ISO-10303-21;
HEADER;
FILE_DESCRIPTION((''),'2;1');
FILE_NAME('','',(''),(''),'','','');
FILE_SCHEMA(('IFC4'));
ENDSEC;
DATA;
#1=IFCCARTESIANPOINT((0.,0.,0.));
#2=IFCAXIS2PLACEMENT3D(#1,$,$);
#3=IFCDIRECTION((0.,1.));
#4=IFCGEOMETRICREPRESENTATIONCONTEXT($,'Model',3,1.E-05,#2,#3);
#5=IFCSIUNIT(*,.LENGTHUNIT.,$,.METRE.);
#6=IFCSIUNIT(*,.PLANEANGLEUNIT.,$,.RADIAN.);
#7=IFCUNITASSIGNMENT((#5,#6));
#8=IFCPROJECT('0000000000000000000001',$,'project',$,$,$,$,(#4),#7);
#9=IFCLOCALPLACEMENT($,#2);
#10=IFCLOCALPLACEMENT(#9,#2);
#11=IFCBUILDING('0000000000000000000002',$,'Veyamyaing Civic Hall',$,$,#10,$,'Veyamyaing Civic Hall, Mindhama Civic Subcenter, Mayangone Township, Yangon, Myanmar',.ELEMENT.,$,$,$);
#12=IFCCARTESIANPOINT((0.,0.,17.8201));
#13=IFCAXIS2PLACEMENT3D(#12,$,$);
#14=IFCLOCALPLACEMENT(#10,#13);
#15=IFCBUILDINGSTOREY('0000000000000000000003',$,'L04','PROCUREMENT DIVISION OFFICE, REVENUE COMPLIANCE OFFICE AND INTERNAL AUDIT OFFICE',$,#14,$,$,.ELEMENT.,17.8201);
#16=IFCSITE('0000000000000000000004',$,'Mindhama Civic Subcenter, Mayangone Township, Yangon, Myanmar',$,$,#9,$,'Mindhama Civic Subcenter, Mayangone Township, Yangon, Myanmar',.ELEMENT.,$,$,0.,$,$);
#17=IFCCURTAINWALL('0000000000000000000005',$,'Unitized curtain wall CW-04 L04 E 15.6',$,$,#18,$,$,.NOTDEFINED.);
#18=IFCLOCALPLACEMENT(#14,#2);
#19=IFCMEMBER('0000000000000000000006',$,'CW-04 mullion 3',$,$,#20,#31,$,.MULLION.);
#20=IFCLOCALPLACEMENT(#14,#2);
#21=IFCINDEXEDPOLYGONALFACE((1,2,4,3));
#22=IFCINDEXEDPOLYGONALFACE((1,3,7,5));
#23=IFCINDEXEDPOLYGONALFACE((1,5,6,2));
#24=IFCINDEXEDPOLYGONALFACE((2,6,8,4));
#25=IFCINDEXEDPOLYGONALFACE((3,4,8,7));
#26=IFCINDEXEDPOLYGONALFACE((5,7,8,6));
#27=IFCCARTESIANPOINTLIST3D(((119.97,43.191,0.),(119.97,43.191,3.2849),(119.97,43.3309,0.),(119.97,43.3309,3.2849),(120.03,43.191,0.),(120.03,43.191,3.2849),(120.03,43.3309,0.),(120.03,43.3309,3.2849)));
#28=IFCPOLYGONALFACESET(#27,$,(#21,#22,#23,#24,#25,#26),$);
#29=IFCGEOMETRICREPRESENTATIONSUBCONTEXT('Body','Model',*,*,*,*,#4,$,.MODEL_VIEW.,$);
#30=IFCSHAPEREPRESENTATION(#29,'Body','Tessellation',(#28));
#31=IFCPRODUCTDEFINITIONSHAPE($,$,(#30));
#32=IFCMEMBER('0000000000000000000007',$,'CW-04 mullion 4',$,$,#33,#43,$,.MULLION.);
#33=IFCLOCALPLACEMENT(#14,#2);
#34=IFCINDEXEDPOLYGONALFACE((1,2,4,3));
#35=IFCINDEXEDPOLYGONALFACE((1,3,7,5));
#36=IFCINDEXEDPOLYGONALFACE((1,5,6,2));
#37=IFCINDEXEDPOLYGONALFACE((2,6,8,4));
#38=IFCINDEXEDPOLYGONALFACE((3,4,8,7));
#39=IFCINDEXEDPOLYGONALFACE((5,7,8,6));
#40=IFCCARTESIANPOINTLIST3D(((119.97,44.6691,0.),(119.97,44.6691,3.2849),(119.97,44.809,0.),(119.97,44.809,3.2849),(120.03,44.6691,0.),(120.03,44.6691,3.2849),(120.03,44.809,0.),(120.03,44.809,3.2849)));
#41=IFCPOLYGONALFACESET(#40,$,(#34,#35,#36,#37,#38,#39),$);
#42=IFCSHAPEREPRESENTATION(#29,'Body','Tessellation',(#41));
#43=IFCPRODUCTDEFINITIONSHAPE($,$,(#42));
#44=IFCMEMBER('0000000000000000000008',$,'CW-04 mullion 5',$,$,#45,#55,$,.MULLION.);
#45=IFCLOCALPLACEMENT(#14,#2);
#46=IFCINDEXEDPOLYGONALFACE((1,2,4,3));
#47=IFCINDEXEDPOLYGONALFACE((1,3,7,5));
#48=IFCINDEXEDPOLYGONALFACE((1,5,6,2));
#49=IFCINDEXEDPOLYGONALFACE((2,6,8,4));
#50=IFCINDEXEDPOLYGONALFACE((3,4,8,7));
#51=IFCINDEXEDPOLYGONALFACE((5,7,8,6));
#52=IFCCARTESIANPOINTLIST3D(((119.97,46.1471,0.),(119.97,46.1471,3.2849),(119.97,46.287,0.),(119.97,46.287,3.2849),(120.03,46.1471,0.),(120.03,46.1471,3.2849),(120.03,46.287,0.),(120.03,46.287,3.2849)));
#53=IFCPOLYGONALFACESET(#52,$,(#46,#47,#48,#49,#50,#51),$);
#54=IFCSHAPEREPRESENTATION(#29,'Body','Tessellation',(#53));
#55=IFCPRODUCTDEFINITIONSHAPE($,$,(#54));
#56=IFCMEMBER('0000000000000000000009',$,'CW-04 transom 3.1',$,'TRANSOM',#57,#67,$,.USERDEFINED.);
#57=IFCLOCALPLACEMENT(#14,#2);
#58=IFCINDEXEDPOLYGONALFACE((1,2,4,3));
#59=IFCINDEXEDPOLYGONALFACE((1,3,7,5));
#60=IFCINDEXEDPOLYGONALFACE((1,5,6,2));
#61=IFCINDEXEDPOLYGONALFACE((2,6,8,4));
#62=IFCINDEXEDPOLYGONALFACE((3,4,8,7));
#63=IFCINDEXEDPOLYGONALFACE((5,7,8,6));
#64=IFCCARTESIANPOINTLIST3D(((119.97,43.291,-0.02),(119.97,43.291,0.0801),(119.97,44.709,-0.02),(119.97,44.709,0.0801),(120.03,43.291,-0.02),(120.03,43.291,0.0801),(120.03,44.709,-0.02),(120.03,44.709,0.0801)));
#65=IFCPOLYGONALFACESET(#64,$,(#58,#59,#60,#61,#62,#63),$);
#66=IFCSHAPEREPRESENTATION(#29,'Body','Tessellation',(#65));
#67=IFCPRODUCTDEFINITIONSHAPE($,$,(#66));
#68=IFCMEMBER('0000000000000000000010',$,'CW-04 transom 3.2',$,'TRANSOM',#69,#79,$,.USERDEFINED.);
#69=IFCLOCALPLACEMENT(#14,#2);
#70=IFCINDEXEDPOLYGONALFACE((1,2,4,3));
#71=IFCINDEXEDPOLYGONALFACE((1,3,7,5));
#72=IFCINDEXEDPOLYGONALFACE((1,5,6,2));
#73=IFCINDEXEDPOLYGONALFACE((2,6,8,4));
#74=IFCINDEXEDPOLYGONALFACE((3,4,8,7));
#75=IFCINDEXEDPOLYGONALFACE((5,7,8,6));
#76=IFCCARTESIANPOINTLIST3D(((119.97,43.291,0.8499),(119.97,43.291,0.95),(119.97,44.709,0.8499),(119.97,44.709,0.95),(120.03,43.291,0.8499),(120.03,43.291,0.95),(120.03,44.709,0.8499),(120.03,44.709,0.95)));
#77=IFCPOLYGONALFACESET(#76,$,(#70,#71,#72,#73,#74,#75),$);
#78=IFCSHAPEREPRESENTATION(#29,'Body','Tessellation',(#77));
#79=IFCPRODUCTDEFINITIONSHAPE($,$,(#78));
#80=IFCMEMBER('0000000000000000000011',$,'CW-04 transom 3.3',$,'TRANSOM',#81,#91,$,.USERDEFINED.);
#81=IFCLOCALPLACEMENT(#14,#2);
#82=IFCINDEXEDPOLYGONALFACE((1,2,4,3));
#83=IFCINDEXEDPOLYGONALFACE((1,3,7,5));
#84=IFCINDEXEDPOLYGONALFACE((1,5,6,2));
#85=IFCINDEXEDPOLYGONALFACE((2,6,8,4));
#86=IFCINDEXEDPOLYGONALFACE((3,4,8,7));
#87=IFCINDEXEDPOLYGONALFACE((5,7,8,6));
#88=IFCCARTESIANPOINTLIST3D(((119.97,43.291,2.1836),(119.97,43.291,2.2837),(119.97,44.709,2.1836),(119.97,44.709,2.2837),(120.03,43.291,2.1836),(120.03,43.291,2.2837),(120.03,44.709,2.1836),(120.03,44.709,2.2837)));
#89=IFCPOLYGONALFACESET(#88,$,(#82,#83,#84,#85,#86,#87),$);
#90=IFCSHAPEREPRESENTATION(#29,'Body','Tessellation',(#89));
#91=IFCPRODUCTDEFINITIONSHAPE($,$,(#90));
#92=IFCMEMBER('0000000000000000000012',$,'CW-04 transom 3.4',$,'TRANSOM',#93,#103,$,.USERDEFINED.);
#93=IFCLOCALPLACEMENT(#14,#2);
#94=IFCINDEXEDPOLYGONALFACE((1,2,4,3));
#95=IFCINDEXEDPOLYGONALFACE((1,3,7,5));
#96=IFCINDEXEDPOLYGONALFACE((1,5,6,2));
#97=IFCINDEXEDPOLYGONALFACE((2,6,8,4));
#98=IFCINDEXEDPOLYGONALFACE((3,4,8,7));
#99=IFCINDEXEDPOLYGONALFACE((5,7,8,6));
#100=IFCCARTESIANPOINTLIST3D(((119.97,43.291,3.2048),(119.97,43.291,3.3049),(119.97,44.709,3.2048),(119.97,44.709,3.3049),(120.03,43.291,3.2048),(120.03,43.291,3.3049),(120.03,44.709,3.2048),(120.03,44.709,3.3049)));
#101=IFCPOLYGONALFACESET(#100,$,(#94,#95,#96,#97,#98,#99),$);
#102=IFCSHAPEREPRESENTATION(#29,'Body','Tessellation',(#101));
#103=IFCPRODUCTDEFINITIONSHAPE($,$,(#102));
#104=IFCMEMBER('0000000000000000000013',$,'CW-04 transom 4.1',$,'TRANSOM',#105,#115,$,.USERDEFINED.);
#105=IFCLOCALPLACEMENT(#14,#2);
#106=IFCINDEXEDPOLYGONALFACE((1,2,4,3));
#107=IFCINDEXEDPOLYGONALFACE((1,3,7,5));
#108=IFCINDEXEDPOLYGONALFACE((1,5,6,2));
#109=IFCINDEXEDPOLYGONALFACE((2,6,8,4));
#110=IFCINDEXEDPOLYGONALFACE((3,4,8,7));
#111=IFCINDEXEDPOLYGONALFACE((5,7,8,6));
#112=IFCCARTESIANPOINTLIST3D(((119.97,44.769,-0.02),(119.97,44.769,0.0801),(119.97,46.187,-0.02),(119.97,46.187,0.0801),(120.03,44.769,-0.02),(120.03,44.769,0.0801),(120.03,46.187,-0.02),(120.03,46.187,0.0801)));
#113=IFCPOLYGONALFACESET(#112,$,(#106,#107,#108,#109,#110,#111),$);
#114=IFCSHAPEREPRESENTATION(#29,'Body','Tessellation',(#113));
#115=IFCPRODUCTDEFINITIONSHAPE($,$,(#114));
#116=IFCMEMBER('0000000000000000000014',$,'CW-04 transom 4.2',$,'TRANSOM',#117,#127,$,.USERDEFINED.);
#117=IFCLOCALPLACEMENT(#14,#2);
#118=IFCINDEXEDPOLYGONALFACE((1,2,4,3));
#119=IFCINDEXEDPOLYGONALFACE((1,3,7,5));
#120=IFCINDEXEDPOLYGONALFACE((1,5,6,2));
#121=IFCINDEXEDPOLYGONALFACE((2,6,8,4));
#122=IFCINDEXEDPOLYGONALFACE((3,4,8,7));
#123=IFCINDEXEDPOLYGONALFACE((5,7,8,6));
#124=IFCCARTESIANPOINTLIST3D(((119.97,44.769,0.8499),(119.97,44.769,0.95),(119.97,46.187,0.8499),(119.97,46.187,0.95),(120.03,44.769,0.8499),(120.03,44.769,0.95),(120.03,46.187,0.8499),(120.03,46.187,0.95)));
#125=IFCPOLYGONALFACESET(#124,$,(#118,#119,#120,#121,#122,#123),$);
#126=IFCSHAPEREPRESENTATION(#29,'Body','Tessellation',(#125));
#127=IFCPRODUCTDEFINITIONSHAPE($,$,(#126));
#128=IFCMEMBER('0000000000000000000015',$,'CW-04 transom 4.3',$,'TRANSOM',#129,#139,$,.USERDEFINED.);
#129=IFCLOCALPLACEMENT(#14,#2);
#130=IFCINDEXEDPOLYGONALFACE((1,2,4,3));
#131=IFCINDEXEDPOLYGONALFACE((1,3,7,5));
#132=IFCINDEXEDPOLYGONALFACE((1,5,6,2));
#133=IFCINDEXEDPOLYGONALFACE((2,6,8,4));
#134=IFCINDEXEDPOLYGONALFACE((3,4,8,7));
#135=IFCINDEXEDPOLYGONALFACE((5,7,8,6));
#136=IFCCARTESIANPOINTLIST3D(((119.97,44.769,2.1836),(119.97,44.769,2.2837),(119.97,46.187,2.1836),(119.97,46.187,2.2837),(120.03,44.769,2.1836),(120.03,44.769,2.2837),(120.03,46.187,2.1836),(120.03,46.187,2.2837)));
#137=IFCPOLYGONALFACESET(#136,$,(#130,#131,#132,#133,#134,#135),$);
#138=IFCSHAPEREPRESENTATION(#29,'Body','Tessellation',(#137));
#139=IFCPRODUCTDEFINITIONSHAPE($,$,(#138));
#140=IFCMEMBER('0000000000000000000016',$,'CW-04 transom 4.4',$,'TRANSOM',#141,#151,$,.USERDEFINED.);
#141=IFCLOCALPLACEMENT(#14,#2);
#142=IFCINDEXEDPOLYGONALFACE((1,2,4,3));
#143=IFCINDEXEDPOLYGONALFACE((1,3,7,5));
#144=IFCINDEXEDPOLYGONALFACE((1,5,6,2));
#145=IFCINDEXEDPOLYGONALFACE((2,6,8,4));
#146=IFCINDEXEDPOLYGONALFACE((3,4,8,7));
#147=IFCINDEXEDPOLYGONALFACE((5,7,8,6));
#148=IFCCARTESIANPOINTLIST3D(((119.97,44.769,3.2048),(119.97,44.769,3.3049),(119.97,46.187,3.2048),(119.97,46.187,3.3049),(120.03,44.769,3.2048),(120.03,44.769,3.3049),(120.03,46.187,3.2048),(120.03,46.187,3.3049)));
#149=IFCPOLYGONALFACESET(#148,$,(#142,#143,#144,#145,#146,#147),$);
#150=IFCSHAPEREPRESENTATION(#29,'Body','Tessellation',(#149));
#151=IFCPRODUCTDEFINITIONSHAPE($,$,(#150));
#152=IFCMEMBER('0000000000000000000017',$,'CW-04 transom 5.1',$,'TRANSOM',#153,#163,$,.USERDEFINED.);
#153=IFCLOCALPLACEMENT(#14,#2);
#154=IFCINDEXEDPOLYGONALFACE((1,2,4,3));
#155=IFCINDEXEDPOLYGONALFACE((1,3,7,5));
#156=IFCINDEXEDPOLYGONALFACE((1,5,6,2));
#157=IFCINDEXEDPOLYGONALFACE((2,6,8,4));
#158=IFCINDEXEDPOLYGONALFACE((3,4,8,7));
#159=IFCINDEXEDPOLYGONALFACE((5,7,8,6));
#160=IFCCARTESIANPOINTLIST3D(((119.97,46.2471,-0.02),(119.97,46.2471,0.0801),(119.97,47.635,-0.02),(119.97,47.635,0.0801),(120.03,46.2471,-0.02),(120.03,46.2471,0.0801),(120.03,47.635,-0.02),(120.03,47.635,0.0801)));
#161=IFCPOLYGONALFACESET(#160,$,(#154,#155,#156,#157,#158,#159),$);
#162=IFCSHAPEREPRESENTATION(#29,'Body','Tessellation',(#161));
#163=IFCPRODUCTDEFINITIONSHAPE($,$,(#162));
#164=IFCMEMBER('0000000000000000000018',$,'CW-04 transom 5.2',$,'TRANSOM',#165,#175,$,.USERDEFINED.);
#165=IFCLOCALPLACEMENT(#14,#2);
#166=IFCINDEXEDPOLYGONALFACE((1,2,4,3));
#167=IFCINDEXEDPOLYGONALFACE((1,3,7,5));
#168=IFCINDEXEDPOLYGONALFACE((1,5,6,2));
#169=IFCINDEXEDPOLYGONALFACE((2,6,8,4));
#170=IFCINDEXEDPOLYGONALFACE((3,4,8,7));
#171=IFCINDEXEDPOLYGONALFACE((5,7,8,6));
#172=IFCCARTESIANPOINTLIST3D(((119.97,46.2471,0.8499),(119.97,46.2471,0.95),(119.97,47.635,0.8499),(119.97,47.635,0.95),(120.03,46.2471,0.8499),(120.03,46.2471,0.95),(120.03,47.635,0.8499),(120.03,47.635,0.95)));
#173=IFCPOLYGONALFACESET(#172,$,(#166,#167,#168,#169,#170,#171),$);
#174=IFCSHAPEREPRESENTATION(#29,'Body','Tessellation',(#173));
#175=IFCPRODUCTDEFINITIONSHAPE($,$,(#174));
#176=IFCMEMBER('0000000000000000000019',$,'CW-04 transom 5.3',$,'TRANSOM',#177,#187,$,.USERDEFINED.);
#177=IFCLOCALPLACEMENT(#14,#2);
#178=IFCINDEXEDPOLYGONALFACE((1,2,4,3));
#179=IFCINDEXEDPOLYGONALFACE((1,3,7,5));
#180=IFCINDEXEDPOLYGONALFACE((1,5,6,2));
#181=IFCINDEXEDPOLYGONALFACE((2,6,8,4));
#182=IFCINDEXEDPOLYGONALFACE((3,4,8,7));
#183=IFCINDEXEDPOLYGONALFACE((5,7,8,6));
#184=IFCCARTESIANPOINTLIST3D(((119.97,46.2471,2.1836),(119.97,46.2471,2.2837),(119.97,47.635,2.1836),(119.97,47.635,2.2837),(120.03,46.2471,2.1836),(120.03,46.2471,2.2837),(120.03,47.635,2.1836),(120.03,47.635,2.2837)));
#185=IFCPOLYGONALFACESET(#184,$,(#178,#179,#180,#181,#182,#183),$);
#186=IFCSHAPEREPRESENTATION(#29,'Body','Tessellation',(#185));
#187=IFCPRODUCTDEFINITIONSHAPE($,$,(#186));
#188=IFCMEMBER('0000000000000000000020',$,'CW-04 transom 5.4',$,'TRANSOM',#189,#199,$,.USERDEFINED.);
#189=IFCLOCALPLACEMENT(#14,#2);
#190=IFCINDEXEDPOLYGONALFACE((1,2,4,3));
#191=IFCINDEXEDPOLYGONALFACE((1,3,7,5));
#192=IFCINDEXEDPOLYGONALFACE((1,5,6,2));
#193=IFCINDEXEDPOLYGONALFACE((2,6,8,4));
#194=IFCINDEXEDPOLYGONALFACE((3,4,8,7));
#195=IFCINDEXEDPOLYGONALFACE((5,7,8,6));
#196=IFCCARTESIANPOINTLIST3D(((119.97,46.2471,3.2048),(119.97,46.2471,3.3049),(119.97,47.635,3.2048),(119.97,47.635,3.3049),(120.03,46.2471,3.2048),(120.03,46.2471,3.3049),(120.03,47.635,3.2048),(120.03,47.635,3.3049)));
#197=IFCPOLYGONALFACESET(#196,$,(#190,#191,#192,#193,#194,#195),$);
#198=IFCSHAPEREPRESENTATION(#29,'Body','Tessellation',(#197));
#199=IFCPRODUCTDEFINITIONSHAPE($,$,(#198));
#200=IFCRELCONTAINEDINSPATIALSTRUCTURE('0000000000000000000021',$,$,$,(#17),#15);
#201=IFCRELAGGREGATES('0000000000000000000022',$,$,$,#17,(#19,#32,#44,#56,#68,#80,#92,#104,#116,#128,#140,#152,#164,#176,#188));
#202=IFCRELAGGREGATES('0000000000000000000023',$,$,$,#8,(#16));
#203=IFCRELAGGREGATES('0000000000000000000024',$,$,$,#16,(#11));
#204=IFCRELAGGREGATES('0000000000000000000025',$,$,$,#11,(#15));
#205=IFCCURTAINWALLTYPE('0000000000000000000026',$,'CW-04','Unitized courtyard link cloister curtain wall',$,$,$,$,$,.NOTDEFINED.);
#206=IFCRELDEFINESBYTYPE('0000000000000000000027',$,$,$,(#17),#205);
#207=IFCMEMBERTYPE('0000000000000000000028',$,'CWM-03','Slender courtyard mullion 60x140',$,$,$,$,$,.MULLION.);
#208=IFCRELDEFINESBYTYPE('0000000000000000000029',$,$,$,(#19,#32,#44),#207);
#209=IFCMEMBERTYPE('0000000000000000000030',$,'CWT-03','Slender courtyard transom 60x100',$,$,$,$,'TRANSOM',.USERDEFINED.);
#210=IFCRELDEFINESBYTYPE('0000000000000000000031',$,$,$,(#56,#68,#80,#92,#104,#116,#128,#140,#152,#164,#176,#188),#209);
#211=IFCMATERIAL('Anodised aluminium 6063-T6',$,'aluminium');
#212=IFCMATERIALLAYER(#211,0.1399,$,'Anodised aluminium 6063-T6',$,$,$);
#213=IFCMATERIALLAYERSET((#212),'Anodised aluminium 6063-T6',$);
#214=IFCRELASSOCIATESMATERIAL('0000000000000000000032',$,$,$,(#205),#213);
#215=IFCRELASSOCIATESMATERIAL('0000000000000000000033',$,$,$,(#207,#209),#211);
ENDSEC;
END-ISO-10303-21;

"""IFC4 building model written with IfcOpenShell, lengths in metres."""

from ifc_helpers import new_model, si_unit, direction, frame, origin, origin_2d, place, context, subcontext, project, spatial, rectangle, extrude, material, layer, layer_set, material_profile, profile_set, type_object, element, aggregate, save


model = new_model("IFC4")

# Units and contexts
model_context = context("Model", 3, precision=1e-05, world=origin(), true_north=direction((0.0, 1.0)))
body_context = subcontext(model_context, "Body", "Model", "MODEL_VIEW")
ifc_project = project(units=[si_unit("LENGTHUNIT", "METRE"), si_unit("PLANEANGLEUNIT", "RADIAN")], contexts=[model_context])

# Site, building, storey
site_placement = place(None, origin())
site = spatial("IfcSite", under=ifc_project, at=site_placement, Name="Mindhama Civic Subcenter, Mayangone Township, Yangon, Myanmar", LongName="Mindhama Civic Subcenter, Mayangone Township, Yangon, Myanmar", CompositionType="ELEMENT", RefElevation=0.0)
building_placement = place(site_placement, origin())
building = spatial("IfcBuilding", under=site, at=building_placement, Name="Veyamyaing Civic Hall", LongName="Veyamyaing Civic Hall, Mindhama Civic Subcenter, Mayangone Township, Yangon, Myanmar", CompositionType="ELEMENT")
storey_placement = place(building_placement, frame((0.0, 0.0, 17.8201)))
storey = spatial("IfcBuildingStorey", under=building, at=storey_placement, Name="L04", Description="PROCUREMENT DIVISION OFFICE, REVENUE COMPLIANCE OFFICE AND INTERNAL AUDIT OFFICE", CompositionType="ELEMENT", Elevation=17.8201)

# Curtain wall, members
ifc_material_1 = material(Name="Anodised aluminium 6063-T6", Category="aluminium")
ifc_layer_1 = layer(ifc_material_1, 0.1399, Name="Anodised aluminium 6063-T6")
ifc_layer_set_1 = layer_set([ifc_layer_1], Name="Anodised aluminium 6063-T6")
curtain_wall_type = type_object("IfcCurtainWallType", Name="CW-04", Description="Unitized courtyard link cloister curtain wall", PredefinedType="NOTDEFINED", material=ifc_layer_set_1)
curtain_wall_placement = place(storey_placement, origin())
curtain_wall = element("IfcCurtainWall", 1, at=curtain_wall_placement, inside=storey, type_object=curtain_wall_type, Name="Unitized curtain wall CW-04 L04 E 15.6", PredefinedType="NOTDEFINED")
ifc_material_profile_1 = material_profile(ifc_material_1, rectangle(XDim=0.0601, YDim=0.1399, at=origin_2d()), Name="ALU-MUL-60X140")
ifc_profile_set_1 = profile_set([ifc_material_profile_1], Name="Anodised aluminium 6063-T6")
member_type_1 = type_object("IfcMemberType", Name="CWM-03", Description="Slender courtyard mullion 60x140", PredefinedType="MULLION", material=ifc_profile_set_1)
member_1_placement = place(storey_placement, frame((120.0, 43.261, 0.0), z_axis=(0.0, 0.0, 1.0), x_axis=(-1.0, 0.0, 0.0)))
member_1 = element("IfcMember", 2, at=member_1_placement, type_object=member_type_1, Name="CW-04 mullion 3", PredefinedType="MULLION", context=body_context, shape_type="SweptSolid", body=[
    extrude(rectangle(XDim=0.0601, YDim=0.1399, at=origin_2d()), origin(), (0.0, 0.0, 1.0), 3.2849),
])
member_2_placement = place(storey_placement, frame((120.0, 44.739, 0.0), z_axis=(0.0, 0.0, 1.0), x_axis=(-1.0, 0.0, 0.0)))
member_2 = element("IfcMember", 3, at=member_2_placement, type_object=member_type_1, Name="CW-04 mullion 4", PredefinedType="MULLION", context=body_context, shape_type="SweptSolid", body=[
    extrude(rectangle(XDim=0.0601, YDim=0.1399, at=origin_2d()), origin(), (0.0, 0.0, 1.0), 3.2849),
])
member_3_placement = place(storey_placement, frame((120.0, 46.217, 0.0), z_axis=(0.0, 0.0, 1.0), x_axis=(-1.0, 0.0, 0.0)))
member_3 = element("IfcMember", 4, at=member_3_placement, type_object=member_type_1, Name="CW-04 mullion 5", PredefinedType="MULLION", context=body_context, shape_type="SweptSolid", body=[
    extrude(rectangle(XDim=0.0601, YDim=0.1399, at=origin_2d()), origin(), (0.0, 0.0, 1.0), 3.2849),
])
ifc_material_profile_2 = material_profile(ifc_material_1, rectangle(XDim=0.0601, YDim=0.1001, at=origin_2d()), Name="ALU-TRN-60X100")
ifc_profile_set_2 = profile_set([ifc_material_profile_2], Name="Anodised aluminium 6063-T6")
member_type_2 = type_object("IfcMemberType", Name="CWT-03", Description="Slender courtyard transom 60x100", ElementType="TRANSOM", PredefinedType="USERDEFINED", material=ifc_profile_set_2)
member_4_placement = place(storey_placement, frame((120.0, 43.291, 0.03), z_axis=(0.0, 1.0, 0.0), x_axis=(-1.0, 0.0, 0.0)))
member_4 = element("IfcMember", 5, at=member_4_placement, type_object=member_type_2, Name="CW-04 transom 3.1", ObjectType="TRANSOM", PredefinedType="USERDEFINED", context=body_context, shape_type="SweptSolid", body=[
    extrude(rectangle(XDim=0.0601, YDim=0.1001, at=origin_2d()), origin(), (0.0, 0.0, 1.0), 1.418),
])
member_5_placement = place(storey_placement, frame((120.0, 43.291, 0.8999), z_axis=(0.0, 1.0, 0.0), x_axis=(-1.0, 0.0, 0.0)))
member_5 = element("IfcMember", 6, at=member_5_placement, type_object=member_type_2, Name="CW-04 transom 3.2", ObjectType="TRANSOM", PredefinedType="USERDEFINED", context=body_context, shape_type="SweptSolid", body=[
    extrude(rectangle(XDim=0.0601, YDim=0.1001, at=origin_2d()), origin(), (0.0, 0.0, 1.0), 1.418),
])
member_6_placement = place(storey_placement, frame((120.0, 43.291, 2.2336), z_axis=(0.0, 1.0, 0.0), x_axis=(-1.0, 0.0, 0.0)))
member_6 = element("IfcMember", 7, at=member_6_placement, type_object=member_type_2, Name="CW-04 transom 3.3", ObjectType="TRANSOM", PredefinedType="USERDEFINED", context=body_context, shape_type="SweptSolid", body=[
    extrude(rectangle(XDim=0.0601, YDim=0.1001, at=origin_2d()), origin(), (0.0, 0.0, 1.0), 1.418),
])
member_7_placement = place(storey_placement, frame((120.0, 43.291, 3.2549), z_axis=(0.0, 1.0, 0.0), x_axis=(-1.0, 0.0, 0.0)))
member_7 = element("IfcMember", 8, at=member_7_placement, type_object=member_type_2, Name="CW-04 transom 3.4", ObjectType="TRANSOM", PredefinedType="USERDEFINED", context=body_context, shape_type="SweptSolid", body=[
    extrude(rectangle(XDim=0.0601, YDim=0.1001, at=origin_2d()), origin(), (0.0, 0.0, 1.0), 1.418),
])
member_8_placement = place(storey_placement, frame((120.0, 44.769, 0.03), z_axis=(0.0, 1.0, 0.0), x_axis=(-1.0, 0.0, 0.0)))
member_8 = element("IfcMember", 9, at=member_8_placement, type_object=member_type_2, Name="CW-04 transom 4.1", ObjectType="TRANSOM", PredefinedType="USERDEFINED", context=body_context, shape_type="SweptSolid", body=[
    extrude(rectangle(XDim=0.0601, YDim=0.1001, at=origin_2d()), origin(), (0.0, 0.0, 1.0), 1.418),
])
member_9_placement = place(storey_placement, frame((120.0, 44.769, 0.8999), z_axis=(0.0, 1.0, 0.0), x_axis=(-1.0, 0.0, 0.0)))
member_9 = element("IfcMember", 10, at=member_9_placement, type_object=member_type_2, Name="CW-04 transom 4.2", ObjectType="TRANSOM", PredefinedType="USERDEFINED", context=body_context, shape_type="SweptSolid", body=[
    extrude(rectangle(XDim=0.0601, YDim=0.1001, at=origin_2d()), origin(), (0.0, 0.0, 1.0), 1.418),
])
member_10_placement = place(storey_placement, frame((120.0, 44.769, 2.2336), z_axis=(0.0, 1.0, 0.0), x_axis=(-1.0, 0.0, 0.0)))
member_10 = element("IfcMember", 11, at=member_10_placement, type_object=member_type_2, Name="CW-04 transom 4.3", ObjectType="TRANSOM", PredefinedType="USERDEFINED", context=body_context, shape_type="SweptSolid", body=[
    extrude(rectangle(XDim=0.0601, YDim=0.1001, at=origin_2d()), origin(), (0.0, 0.0, 1.0), 1.418),
])
member_11_placement = place(storey_placement, frame((120.0, 44.769, 3.2549), z_axis=(0.0, 1.0, 0.0), x_axis=(-1.0, 0.0, 0.0)))
member_11 = element("IfcMember", 12, at=member_11_placement, type_object=member_type_2, Name="CW-04 transom 4.4", ObjectType="TRANSOM", PredefinedType="USERDEFINED", context=body_context, shape_type="SweptSolid", body=[
    extrude(rectangle(XDim=0.0601, YDim=0.1001, at=origin_2d()), origin(), (0.0, 0.0, 1.0), 1.418),
])
member_12_placement = place(storey_placement, frame((120.0, 46.2471, 0.03), z_axis=(0.0, 1.0, 0.0), x_axis=(-1.0, 0.0, 0.0)))
member_12 = element("IfcMember", 13, at=member_12_placement, type_object=member_type_2, Name="CW-04 transom 5.1", ObjectType="TRANSOM", PredefinedType="USERDEFINED", context=body_context, shape_type="SweptSolid", body=[
    extrude(rectangle(XDim=0.0601, YDim=0.1001, at=origin_2d()), origin(), (0.0, 0.0, 1.0), 1.3879),
])
member_13_placement = place(storey_placement, frame((120.0, 46.2471, 0.8999), z_axis=(0.0, 1.0, 0.0), x_axis=(-1.0, 0.0, 0.0)))
member_13 = element("IfcMember", 14, at=member_13_placement, type_object=member_type_2, Name="CW-04 transom 5.2", ObjectType="TRANSOM", PredefinedType="USERDEFINED", context=body_context, shape_type="SweptSolid", body=[
    extrude(rectangle(XDim=0.0601, YDim=0.1001, at=origin_2d()), origin(), (0.0, 0.0, 1.0), 1.3879),
])
member_14_placement = place(storey_placement, frame((120.0, 46.2471, 2.2336), z_axis=(0.0, 1.0, 0.0), x_axis=(-1.0, 0.0, 0.0)))
member_14 = element("IfcMember", 15, at=member_14_placement, type_object=member_type_2, Name="CW-04 transom 5.3", ObjectType="TRANSOM", PredefinedType="USERDEFINED", context=body_context, shape_type="SweptSolid", body=[
    extrude(rectangle(XDim=0.0601, YDim=0.1001, at=origin_2d()), origin(), (0.0, 0.0, 1.0), 1.3879),
])
member_15_placement = place(storey_placement, frame((120.0, 46.2471, 3.2549), z_axis=(0.0, 1.0, 0.0), x_axis=(-1.0, 0.0, 0.0)))
member_15 = element("IfcMember", 16, at=member_15_placement, type_object=member_type_2, Name="CW-04 transom 5.4", ObjectType="TRANSOM", PredefinedType="USERDEFINED", context=body_context, shape_type="SweptSolid", body=[
    extrude(rectangle(XDim=0.0601, YDim=0.1001, at=origin_2d()), origin(), (0.0, 0.0, 1.0), 1.3879),
])
aggregate(curtain_wall, [member_1, member_2, member_3, member_4, member_5, member_6, member_7, member_8, member_9, member_10, member_11, member_12, member_13, member_14, member_15])

save(model, "model.ifc")
